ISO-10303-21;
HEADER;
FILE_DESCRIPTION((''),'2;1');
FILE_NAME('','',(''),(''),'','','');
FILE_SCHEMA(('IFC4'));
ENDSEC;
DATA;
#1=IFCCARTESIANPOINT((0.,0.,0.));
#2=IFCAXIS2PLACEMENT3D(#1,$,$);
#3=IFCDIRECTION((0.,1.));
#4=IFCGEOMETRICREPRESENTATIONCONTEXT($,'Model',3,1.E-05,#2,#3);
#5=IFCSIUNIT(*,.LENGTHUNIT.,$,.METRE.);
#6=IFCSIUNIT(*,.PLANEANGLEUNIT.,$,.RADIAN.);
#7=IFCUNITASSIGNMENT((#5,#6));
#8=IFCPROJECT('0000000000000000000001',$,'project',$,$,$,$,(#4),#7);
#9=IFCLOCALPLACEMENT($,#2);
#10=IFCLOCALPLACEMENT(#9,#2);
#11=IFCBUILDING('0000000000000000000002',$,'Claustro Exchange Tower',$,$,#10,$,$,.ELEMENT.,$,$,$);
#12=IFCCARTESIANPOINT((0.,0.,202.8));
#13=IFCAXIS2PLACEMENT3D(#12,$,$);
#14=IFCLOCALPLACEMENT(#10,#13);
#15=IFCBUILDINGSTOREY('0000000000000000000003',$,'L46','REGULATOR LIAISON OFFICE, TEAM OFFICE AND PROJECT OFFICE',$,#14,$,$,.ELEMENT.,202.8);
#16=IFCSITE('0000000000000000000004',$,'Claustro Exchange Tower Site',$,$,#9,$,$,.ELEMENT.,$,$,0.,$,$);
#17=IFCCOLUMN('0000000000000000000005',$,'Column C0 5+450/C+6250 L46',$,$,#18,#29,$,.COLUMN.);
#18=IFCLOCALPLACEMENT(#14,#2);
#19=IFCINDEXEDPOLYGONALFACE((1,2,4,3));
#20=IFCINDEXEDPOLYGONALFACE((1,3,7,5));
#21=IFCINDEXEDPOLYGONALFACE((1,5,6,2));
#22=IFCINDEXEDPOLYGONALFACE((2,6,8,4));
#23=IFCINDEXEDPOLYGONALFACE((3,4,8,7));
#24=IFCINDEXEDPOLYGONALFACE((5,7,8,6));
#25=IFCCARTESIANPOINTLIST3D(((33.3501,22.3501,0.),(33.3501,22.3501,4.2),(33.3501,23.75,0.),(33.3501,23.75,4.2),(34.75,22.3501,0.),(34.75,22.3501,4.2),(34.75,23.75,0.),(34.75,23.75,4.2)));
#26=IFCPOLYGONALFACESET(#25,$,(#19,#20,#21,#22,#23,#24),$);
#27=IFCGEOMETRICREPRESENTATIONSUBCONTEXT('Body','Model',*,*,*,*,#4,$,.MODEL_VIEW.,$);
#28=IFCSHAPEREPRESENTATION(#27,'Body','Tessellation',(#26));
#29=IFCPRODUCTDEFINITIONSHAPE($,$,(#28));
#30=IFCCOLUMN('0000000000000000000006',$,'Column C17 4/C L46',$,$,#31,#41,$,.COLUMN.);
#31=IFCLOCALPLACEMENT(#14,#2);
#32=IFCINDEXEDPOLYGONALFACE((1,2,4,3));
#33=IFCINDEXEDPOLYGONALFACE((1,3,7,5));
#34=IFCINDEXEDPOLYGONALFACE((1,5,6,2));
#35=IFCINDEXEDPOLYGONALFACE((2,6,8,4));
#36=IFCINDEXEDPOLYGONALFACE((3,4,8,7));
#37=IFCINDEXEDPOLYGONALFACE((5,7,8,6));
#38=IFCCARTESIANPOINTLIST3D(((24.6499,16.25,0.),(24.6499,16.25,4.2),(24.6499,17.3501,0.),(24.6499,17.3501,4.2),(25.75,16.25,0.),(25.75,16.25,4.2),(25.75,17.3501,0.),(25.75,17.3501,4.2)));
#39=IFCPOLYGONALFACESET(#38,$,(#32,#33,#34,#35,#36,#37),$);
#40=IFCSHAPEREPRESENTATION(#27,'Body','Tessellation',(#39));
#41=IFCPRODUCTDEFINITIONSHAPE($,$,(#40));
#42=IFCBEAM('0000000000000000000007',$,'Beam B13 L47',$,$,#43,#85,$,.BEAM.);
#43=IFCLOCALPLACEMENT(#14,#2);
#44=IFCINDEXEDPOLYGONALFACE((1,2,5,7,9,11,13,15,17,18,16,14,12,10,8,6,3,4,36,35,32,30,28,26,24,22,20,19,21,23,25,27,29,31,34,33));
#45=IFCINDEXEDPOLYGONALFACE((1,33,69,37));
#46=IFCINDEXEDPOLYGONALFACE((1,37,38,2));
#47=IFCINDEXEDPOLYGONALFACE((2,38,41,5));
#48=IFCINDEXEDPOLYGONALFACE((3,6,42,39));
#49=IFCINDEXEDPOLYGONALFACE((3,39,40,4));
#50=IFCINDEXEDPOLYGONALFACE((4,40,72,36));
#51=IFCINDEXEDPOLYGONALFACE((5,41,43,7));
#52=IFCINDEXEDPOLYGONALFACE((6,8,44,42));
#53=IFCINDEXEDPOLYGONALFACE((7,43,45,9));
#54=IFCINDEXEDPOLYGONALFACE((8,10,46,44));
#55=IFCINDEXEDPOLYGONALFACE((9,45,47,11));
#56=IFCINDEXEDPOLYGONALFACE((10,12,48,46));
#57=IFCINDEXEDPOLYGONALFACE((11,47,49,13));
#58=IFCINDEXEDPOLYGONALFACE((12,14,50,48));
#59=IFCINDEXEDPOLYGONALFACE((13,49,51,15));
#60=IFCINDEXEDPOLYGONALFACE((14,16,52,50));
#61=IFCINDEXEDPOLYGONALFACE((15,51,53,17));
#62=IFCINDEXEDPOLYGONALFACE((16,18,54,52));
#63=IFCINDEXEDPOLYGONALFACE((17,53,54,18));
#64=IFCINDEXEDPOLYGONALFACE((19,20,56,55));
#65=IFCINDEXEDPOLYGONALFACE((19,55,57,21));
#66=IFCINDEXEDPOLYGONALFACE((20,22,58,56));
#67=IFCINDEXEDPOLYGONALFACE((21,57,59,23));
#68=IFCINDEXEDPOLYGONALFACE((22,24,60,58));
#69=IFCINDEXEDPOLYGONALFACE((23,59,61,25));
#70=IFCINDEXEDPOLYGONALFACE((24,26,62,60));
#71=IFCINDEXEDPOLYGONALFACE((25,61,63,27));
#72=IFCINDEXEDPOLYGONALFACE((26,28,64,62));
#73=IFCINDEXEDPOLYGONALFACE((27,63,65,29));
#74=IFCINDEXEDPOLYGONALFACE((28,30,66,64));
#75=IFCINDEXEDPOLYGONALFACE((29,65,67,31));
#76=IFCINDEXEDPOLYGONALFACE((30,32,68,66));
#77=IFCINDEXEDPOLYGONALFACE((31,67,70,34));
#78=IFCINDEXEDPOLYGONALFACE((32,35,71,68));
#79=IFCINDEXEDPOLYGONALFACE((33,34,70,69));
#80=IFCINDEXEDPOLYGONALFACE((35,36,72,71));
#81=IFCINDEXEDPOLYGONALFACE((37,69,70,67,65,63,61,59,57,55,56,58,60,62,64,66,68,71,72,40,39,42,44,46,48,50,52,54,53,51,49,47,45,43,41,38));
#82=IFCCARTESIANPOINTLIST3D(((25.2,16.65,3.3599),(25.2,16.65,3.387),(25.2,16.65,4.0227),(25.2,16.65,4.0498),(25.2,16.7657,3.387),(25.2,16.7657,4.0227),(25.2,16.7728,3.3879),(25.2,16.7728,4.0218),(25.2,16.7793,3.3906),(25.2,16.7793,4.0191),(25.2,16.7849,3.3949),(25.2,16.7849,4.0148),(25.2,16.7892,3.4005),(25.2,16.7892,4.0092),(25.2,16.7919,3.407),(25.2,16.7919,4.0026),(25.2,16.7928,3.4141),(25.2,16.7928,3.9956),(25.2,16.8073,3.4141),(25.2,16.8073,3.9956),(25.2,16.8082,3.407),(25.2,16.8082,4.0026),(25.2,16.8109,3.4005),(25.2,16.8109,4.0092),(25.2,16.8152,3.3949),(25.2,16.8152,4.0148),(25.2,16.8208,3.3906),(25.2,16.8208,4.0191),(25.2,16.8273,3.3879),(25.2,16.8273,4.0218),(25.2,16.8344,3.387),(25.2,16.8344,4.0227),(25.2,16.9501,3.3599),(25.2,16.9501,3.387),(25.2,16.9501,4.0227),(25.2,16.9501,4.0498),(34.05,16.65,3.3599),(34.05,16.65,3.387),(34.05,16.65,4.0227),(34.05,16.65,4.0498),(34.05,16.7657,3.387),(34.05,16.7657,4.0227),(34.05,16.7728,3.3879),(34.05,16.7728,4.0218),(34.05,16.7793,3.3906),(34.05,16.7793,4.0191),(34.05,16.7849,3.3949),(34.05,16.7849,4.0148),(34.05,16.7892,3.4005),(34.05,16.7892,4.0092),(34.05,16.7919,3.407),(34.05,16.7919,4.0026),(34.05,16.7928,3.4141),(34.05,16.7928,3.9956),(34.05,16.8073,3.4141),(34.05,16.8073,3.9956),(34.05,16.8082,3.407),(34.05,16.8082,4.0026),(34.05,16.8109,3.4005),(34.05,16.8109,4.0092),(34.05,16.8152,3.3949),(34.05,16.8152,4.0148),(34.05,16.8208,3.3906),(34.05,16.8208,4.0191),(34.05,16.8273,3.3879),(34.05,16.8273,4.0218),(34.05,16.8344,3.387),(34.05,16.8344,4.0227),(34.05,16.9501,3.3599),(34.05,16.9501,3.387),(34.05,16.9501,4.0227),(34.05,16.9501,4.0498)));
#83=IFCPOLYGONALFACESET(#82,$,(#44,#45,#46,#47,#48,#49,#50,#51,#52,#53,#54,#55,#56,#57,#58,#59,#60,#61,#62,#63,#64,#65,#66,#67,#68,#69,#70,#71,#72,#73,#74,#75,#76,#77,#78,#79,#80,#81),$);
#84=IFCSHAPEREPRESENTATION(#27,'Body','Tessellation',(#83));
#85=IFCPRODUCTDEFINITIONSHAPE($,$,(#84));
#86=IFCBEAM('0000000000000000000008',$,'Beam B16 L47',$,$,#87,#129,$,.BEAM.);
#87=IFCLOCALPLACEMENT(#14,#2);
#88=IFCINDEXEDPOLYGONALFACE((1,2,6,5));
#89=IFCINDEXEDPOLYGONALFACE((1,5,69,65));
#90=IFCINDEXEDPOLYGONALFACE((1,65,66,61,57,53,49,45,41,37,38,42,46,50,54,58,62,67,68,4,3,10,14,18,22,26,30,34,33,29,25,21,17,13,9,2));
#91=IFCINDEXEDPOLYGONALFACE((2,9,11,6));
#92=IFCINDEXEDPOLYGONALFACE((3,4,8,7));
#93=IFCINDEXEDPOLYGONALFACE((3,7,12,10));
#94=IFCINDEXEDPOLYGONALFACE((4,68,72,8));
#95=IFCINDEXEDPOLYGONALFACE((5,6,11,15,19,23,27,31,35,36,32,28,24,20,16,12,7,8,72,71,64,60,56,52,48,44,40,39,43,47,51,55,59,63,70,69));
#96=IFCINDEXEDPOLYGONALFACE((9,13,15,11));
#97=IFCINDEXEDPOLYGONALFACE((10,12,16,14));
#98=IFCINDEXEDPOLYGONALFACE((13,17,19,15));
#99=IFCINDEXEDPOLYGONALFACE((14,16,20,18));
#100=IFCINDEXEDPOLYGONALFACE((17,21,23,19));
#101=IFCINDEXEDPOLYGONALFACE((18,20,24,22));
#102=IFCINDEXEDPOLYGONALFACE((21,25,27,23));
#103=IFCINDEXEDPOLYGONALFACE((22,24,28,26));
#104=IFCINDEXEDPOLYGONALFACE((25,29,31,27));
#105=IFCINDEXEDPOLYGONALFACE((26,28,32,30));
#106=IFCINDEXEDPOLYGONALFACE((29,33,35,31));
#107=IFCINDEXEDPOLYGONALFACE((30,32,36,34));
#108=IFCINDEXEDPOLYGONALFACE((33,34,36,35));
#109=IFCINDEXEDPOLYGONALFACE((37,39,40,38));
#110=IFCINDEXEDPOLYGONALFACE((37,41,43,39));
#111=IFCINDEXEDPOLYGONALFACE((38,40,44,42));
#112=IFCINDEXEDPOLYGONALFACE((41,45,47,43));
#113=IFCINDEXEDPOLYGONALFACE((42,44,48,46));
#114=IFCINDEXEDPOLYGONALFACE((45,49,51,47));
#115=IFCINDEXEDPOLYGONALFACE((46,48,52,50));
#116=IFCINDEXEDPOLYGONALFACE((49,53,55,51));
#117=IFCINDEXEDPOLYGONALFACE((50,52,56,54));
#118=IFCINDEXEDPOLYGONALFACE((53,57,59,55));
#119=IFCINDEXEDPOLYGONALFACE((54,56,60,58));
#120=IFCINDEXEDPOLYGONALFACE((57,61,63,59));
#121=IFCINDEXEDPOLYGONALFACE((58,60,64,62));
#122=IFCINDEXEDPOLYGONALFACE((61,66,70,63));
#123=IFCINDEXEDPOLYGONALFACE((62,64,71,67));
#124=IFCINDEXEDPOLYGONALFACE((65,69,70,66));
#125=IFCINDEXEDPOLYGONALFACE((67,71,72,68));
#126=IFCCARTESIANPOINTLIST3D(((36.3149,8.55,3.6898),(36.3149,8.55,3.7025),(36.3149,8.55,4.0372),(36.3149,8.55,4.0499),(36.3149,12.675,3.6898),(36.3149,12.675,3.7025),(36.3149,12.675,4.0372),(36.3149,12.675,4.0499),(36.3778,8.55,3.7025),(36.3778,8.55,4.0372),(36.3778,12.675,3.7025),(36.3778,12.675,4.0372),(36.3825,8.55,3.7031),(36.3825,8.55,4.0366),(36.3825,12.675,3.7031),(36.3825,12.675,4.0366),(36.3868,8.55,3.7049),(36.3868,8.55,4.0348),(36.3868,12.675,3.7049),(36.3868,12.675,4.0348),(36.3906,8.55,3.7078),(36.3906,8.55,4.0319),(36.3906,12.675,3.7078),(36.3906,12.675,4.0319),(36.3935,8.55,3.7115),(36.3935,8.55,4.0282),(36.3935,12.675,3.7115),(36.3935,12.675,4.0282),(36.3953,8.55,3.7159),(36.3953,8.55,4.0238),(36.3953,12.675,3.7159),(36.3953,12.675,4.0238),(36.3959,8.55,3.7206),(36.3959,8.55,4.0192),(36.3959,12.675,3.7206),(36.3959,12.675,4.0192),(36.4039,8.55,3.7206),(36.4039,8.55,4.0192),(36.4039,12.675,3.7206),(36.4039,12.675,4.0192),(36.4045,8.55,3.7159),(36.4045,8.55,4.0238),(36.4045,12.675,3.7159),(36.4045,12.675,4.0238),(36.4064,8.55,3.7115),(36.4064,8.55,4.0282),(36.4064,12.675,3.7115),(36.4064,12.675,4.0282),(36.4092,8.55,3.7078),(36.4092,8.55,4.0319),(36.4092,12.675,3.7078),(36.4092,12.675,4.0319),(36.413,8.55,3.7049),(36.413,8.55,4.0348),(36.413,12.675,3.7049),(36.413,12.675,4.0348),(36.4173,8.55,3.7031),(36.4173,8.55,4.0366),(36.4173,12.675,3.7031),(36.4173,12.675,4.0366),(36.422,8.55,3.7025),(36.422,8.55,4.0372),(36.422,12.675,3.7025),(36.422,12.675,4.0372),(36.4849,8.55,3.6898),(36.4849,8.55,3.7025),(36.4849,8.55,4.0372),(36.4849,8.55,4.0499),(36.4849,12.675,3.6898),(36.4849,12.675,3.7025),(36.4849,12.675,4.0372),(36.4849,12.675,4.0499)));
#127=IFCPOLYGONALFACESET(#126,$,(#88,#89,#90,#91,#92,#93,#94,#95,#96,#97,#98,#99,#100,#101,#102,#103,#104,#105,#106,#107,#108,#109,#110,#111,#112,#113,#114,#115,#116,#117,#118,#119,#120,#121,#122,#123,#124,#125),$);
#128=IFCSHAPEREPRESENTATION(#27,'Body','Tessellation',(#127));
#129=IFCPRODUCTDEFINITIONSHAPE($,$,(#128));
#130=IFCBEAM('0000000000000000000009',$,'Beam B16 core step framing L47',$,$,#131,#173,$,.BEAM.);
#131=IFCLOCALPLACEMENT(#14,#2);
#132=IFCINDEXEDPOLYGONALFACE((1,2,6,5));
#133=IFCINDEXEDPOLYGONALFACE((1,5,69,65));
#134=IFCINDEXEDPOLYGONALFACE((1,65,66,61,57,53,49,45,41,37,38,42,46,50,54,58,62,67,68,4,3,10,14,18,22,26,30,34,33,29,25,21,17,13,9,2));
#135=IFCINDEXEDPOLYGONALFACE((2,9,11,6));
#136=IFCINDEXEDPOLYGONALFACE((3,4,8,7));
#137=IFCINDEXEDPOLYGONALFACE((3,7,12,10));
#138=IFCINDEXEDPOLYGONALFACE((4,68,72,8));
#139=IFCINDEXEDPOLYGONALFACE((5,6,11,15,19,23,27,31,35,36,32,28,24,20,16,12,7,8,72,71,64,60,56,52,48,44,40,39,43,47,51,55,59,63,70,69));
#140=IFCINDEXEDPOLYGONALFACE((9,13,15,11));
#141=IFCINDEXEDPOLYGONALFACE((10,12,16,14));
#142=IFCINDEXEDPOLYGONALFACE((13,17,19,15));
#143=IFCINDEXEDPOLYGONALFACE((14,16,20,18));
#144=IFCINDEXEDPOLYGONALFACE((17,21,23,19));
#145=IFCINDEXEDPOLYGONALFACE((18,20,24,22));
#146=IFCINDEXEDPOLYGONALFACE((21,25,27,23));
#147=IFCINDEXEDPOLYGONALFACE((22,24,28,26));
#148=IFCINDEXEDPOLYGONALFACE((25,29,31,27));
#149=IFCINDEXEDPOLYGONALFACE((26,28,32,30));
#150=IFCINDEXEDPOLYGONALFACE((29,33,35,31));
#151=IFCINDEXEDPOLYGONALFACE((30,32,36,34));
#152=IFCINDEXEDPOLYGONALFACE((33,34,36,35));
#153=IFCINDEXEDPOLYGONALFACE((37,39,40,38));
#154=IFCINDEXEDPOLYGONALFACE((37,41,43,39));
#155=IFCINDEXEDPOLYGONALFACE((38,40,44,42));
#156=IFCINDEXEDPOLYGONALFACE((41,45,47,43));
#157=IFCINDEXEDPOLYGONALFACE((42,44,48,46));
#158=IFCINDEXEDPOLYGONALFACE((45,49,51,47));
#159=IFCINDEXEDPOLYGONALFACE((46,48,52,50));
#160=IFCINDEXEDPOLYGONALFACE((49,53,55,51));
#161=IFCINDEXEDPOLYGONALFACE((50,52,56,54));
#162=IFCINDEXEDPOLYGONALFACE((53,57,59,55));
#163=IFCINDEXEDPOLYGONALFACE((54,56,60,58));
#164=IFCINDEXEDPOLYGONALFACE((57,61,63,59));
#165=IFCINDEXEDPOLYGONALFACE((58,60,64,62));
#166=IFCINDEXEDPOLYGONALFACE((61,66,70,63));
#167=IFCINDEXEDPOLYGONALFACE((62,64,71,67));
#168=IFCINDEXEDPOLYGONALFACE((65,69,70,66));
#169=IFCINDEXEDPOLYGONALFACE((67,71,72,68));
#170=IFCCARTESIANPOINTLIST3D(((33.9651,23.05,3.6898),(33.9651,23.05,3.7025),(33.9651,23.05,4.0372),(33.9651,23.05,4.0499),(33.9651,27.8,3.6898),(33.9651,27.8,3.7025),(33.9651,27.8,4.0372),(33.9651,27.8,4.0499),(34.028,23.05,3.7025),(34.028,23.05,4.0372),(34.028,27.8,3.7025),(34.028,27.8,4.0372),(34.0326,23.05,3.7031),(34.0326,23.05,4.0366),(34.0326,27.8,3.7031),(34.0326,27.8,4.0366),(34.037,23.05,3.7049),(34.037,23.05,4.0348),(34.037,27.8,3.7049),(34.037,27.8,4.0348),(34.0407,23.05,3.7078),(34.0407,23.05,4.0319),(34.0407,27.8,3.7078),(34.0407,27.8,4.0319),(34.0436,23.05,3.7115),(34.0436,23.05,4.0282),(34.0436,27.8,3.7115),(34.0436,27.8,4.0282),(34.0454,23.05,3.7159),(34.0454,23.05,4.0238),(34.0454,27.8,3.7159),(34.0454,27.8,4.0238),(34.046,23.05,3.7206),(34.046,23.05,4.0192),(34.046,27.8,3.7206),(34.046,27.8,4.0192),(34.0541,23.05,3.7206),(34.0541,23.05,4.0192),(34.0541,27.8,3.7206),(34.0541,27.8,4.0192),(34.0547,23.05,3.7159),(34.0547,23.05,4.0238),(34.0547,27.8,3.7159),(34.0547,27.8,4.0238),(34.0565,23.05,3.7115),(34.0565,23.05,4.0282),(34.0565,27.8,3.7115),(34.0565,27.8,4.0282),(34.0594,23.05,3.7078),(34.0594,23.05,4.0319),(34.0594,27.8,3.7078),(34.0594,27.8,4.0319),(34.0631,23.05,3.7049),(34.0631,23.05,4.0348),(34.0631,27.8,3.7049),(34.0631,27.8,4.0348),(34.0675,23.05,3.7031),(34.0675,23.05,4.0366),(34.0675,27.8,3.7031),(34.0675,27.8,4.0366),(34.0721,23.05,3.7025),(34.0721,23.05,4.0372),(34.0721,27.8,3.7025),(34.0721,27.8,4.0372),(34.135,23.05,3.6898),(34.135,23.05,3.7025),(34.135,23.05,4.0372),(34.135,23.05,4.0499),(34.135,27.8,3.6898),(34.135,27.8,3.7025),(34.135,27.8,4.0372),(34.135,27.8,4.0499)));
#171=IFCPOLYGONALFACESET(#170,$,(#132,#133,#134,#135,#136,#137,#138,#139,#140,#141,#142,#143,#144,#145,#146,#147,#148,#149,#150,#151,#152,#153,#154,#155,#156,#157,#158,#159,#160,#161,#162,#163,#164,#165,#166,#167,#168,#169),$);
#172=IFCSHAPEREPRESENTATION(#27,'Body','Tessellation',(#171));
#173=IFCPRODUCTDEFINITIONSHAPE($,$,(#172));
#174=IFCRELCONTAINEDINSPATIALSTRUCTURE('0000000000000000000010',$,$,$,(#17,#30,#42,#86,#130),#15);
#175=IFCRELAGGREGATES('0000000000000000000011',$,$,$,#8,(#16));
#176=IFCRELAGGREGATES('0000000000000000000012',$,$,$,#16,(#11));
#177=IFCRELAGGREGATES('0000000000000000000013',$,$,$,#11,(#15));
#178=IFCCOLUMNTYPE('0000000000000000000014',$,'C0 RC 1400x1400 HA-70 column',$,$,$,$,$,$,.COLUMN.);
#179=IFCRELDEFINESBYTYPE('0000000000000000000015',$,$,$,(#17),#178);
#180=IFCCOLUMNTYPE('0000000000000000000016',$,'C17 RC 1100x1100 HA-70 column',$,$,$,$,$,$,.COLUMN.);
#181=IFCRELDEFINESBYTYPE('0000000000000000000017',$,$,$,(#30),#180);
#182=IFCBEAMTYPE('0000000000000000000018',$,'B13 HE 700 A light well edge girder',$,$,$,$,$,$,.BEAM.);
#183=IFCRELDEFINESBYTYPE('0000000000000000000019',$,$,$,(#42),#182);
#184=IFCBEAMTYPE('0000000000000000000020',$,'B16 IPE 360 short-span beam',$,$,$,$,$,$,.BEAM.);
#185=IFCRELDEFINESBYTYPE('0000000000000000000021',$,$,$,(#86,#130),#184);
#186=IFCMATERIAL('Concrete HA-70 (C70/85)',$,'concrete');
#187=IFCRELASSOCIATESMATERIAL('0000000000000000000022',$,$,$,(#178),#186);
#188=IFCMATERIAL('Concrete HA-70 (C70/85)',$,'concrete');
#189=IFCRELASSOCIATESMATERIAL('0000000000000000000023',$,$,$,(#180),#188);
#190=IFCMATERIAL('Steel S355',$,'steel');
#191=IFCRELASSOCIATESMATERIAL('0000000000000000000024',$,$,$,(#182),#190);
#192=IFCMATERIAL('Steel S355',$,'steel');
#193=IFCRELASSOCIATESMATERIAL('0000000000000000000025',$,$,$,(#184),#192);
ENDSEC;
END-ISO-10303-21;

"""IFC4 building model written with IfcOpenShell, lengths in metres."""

from ifc_helpers import new_model, si_unit, direction, frame, origin, origin_2d, place, context, subcontext, project, spatial, rectangle, i_section, extrude, material, material_profile, profile_set, type_object, element, save


model = new_model("IFC4")

# Units and contexts
model_context = context("Model", 3, precision=1e-05, world=origin(), true_north=direction((0.0, 1.0)))
body_context = subcontext(model_context, "Body", "Model", "MODEL_VIEW")
ifc_project = project(units=[si_unit("LENGTHUNIT", "METRE"), si_unit("PLANEANGLEUNIT", "RADIAN")], contexts=[model_context])

# Site, building, storey
site_placement = place(None, origin())
site = spatial("IfcSite", under=ifc_project, at=site_placement, Name="Claustro Exchange Tower Site", CompositionType="ELEMENT", RefElevation=0.0)
building_placement = place(site_placement, origin())
building = spatial("IfcBuilding", under=site, at=building_placement, Name="Claustro Exchange Tower", CompositionType="ELEMENT")
storey_placement = place(building_placement, frame((0.0, 0.0, 202.8)))
storey = spatial("IfcBuildingStorey", under=building, at=storey_placement, Name="L46", Description="REGULATOR LIAISON OFFICE, TEAM OFFICE AND PROJECT OFFICE", CompositionType="ELEMENT", Elevation=202.8)

# Columns
ifc_material_1 = material(Name="Concrete HA-70 (C70/85)", Category="concrete")
ifc_material_profile_1 = material_profile(ifc_material_1, rectangle(XDim=1.3999, YDim=1.3999, at=origin_2d()), Name="RC 1400x1400")
ifc_profile_set_1 = profile_set([ifc_material_profile_1], Name="Concrete HA-70 (C70/85)")
column_type_1 = type_object("IfcColumnType", Name="C0 RC 1400x1400 HA-70 column", PredefinedType="COLUMN", material=ifc_profile_set_1)
column_1_placement = place(storey_placement, frame((34.05, 23.05, 0.0), z_axis=(0.0, 0.0, 1.0), x_axis=(1.0, 0.0, 0.0)))
element("IfcColumn", 1, at=column_1_placement, inside=storey, type_object=column_type_1, Name="Column C0 5+450/C+6250 L46", PredefinedType="COLUMN", context=body_context, shape_type="SweptSolid", body=[
    extrude(rectangle(XDim=1.3999, YDim=1.3999, at=origin_2d()), origin(), (0.0, 0.0, 1.0), 4.2),
])
ifc_material_2 = material(Name="Concrete HA-70 (C70/85)", Category="concrete")
ifc_material_profile_2 = material_profile(ifc_material_2, rectangle(XDim=1.1001, YDim=1.1001, at=origin_2d()), Name="RC 1100x1100")
ifc_profile_set_2 = profile_set([ifc_material_profile_2], Name="Concrete HA-70 (C70/85)")
column_type_2 = type_object("IfcColumnType", Name="C17 RC 1100x1100 HA-70 column", PredefinedType="COLUMN", material=ifc_profile_set_2)
column_2_placement = place(storey_placement, frame((25.2, 16.8, 0.0), z_axis=(0.0, 0.0, 1.0), x_axis=(1.0, 0.0, 0.0)))
element("IfcColumn", 2, at=column_2_placement, inside=storey, type_object=column_type_2, Name="Column C17 4/C L46", PredefinedType="COLUMN", context=body_context, shape_type="SweptSolid", body=[
    extrude(rectangle(XDim=1.1001, YDim=1.1001, at=origin_2d()), origin(), (0.0, 0.0, 1.0), 4.2),
])

# Beams
ifc_material_3 = material(Name="Steel S355", Category="steel")
ifc_material_profile_3 = material_profile(ifc_material_3, i_section(OverallWidth=0.3, OverallDepth=0.6899, WebThickness=0.0144, FlangeThickness=0.0271, FilletRadius=0.0271, at=origin_2d()), Name="HE 700 A")
ifc_profile_set_3 = profile_set([ifc_material_profile_3], Name="Steel S355")
beam_type_1 = type_object("IfcBeamType", Name="B13 HE 700 A light well edge girder", PredefinedType="BEAM", material=ifc_profile_set_3)
beam_1_placement = place(storey_placement, frame((25.2, 16.8, 3.7048), z_axis=(1.0, 0.0, 0.0), x_axis=(0.0, 1.0, 0.0)))
element("IfcBeam", 3, at=beam_1_placement, inside=storey, type_object=beam_type_1, Name="Beam B13 L47", PredefinedType="BEAM", context=body_context, shape_type="SweptSolid", body=[
    extrude(i_section(OverallWidth=0.3, OverallDepth=0.6899, WebThickness=0.0144, FlangeThickness=0.0271, FilletRadius=0.0271, at=origin_2d()), origin(), (0.0, 0.0, 1.0), 8.8501),
])
ifc_material_4 = material(Name="Steel S355", Category="steel")
ifc_material_profile_4 = material_profile(ifc_material_4, i_section(OverallWidth=0.1699, OverallDepth=0.3601, WebThickness=0.0081, FlangeThickness=0.0127, FilletRadius=0.0181, at=origin_2d()), Name="IPE 360")
ifc_profile_set_4 = profile_set([ifc_material_profile_4], Name="Steel S355")
beam_type_2 = type_object("IfcBeamType", Name="B16 IPE 360 short-span beam", PredefinedType="BEAM", material=ifc_profile_set_4)
beam_2_placement = place(storey_placement, frame((36.3999, 8.55, 3.8699), z_axis=(0.0, 1.0, 0.0), x_axis=(-1.0, 0.0, 0.0)))
element("IfcBeam", 4, at=beam_2_placement, inside=storey, type_object=beam_type_2, Name="Beam B16 L47", PredefinedType="BEAM", context=body_context, shape_type="SweptSolid", body=[
    extrude(i_section(OverallWidth=0.1699, OverallDepth=0.3601, WebThickness=0.0081, FlangeThickness=0.0127, FilletRadius=0.0181, at=origin_2d()), origin(), (0.0, 0.0, 1.0), 4.125),
])
beam_3_placement = place(storey_placement, frame((34.05, 23.05, 3.8699), z_axis=(0.0, 1.0, 0.0), x_axis=(-1.0, 0.0, 0.0)))
element("IfcBeam", 5, at=beam_3_placement, inside=storey, type_object=beam_type_2, Name="Beam B16 core step framing L47", PredefinedType="BEAM", context=body_context, shape_type="SweptSolid", body=[
    extrude(i_section(OverallWidth=0.1699, OverallDepth=0.3601, WebThickness=0.0081, FlangeThickness=0.0127, FilletRadius=0.0181, at=origin_2d()), origin(), (0.0, 0.0, 1.0), 4.75),
])

save(model, "model.ifc")
